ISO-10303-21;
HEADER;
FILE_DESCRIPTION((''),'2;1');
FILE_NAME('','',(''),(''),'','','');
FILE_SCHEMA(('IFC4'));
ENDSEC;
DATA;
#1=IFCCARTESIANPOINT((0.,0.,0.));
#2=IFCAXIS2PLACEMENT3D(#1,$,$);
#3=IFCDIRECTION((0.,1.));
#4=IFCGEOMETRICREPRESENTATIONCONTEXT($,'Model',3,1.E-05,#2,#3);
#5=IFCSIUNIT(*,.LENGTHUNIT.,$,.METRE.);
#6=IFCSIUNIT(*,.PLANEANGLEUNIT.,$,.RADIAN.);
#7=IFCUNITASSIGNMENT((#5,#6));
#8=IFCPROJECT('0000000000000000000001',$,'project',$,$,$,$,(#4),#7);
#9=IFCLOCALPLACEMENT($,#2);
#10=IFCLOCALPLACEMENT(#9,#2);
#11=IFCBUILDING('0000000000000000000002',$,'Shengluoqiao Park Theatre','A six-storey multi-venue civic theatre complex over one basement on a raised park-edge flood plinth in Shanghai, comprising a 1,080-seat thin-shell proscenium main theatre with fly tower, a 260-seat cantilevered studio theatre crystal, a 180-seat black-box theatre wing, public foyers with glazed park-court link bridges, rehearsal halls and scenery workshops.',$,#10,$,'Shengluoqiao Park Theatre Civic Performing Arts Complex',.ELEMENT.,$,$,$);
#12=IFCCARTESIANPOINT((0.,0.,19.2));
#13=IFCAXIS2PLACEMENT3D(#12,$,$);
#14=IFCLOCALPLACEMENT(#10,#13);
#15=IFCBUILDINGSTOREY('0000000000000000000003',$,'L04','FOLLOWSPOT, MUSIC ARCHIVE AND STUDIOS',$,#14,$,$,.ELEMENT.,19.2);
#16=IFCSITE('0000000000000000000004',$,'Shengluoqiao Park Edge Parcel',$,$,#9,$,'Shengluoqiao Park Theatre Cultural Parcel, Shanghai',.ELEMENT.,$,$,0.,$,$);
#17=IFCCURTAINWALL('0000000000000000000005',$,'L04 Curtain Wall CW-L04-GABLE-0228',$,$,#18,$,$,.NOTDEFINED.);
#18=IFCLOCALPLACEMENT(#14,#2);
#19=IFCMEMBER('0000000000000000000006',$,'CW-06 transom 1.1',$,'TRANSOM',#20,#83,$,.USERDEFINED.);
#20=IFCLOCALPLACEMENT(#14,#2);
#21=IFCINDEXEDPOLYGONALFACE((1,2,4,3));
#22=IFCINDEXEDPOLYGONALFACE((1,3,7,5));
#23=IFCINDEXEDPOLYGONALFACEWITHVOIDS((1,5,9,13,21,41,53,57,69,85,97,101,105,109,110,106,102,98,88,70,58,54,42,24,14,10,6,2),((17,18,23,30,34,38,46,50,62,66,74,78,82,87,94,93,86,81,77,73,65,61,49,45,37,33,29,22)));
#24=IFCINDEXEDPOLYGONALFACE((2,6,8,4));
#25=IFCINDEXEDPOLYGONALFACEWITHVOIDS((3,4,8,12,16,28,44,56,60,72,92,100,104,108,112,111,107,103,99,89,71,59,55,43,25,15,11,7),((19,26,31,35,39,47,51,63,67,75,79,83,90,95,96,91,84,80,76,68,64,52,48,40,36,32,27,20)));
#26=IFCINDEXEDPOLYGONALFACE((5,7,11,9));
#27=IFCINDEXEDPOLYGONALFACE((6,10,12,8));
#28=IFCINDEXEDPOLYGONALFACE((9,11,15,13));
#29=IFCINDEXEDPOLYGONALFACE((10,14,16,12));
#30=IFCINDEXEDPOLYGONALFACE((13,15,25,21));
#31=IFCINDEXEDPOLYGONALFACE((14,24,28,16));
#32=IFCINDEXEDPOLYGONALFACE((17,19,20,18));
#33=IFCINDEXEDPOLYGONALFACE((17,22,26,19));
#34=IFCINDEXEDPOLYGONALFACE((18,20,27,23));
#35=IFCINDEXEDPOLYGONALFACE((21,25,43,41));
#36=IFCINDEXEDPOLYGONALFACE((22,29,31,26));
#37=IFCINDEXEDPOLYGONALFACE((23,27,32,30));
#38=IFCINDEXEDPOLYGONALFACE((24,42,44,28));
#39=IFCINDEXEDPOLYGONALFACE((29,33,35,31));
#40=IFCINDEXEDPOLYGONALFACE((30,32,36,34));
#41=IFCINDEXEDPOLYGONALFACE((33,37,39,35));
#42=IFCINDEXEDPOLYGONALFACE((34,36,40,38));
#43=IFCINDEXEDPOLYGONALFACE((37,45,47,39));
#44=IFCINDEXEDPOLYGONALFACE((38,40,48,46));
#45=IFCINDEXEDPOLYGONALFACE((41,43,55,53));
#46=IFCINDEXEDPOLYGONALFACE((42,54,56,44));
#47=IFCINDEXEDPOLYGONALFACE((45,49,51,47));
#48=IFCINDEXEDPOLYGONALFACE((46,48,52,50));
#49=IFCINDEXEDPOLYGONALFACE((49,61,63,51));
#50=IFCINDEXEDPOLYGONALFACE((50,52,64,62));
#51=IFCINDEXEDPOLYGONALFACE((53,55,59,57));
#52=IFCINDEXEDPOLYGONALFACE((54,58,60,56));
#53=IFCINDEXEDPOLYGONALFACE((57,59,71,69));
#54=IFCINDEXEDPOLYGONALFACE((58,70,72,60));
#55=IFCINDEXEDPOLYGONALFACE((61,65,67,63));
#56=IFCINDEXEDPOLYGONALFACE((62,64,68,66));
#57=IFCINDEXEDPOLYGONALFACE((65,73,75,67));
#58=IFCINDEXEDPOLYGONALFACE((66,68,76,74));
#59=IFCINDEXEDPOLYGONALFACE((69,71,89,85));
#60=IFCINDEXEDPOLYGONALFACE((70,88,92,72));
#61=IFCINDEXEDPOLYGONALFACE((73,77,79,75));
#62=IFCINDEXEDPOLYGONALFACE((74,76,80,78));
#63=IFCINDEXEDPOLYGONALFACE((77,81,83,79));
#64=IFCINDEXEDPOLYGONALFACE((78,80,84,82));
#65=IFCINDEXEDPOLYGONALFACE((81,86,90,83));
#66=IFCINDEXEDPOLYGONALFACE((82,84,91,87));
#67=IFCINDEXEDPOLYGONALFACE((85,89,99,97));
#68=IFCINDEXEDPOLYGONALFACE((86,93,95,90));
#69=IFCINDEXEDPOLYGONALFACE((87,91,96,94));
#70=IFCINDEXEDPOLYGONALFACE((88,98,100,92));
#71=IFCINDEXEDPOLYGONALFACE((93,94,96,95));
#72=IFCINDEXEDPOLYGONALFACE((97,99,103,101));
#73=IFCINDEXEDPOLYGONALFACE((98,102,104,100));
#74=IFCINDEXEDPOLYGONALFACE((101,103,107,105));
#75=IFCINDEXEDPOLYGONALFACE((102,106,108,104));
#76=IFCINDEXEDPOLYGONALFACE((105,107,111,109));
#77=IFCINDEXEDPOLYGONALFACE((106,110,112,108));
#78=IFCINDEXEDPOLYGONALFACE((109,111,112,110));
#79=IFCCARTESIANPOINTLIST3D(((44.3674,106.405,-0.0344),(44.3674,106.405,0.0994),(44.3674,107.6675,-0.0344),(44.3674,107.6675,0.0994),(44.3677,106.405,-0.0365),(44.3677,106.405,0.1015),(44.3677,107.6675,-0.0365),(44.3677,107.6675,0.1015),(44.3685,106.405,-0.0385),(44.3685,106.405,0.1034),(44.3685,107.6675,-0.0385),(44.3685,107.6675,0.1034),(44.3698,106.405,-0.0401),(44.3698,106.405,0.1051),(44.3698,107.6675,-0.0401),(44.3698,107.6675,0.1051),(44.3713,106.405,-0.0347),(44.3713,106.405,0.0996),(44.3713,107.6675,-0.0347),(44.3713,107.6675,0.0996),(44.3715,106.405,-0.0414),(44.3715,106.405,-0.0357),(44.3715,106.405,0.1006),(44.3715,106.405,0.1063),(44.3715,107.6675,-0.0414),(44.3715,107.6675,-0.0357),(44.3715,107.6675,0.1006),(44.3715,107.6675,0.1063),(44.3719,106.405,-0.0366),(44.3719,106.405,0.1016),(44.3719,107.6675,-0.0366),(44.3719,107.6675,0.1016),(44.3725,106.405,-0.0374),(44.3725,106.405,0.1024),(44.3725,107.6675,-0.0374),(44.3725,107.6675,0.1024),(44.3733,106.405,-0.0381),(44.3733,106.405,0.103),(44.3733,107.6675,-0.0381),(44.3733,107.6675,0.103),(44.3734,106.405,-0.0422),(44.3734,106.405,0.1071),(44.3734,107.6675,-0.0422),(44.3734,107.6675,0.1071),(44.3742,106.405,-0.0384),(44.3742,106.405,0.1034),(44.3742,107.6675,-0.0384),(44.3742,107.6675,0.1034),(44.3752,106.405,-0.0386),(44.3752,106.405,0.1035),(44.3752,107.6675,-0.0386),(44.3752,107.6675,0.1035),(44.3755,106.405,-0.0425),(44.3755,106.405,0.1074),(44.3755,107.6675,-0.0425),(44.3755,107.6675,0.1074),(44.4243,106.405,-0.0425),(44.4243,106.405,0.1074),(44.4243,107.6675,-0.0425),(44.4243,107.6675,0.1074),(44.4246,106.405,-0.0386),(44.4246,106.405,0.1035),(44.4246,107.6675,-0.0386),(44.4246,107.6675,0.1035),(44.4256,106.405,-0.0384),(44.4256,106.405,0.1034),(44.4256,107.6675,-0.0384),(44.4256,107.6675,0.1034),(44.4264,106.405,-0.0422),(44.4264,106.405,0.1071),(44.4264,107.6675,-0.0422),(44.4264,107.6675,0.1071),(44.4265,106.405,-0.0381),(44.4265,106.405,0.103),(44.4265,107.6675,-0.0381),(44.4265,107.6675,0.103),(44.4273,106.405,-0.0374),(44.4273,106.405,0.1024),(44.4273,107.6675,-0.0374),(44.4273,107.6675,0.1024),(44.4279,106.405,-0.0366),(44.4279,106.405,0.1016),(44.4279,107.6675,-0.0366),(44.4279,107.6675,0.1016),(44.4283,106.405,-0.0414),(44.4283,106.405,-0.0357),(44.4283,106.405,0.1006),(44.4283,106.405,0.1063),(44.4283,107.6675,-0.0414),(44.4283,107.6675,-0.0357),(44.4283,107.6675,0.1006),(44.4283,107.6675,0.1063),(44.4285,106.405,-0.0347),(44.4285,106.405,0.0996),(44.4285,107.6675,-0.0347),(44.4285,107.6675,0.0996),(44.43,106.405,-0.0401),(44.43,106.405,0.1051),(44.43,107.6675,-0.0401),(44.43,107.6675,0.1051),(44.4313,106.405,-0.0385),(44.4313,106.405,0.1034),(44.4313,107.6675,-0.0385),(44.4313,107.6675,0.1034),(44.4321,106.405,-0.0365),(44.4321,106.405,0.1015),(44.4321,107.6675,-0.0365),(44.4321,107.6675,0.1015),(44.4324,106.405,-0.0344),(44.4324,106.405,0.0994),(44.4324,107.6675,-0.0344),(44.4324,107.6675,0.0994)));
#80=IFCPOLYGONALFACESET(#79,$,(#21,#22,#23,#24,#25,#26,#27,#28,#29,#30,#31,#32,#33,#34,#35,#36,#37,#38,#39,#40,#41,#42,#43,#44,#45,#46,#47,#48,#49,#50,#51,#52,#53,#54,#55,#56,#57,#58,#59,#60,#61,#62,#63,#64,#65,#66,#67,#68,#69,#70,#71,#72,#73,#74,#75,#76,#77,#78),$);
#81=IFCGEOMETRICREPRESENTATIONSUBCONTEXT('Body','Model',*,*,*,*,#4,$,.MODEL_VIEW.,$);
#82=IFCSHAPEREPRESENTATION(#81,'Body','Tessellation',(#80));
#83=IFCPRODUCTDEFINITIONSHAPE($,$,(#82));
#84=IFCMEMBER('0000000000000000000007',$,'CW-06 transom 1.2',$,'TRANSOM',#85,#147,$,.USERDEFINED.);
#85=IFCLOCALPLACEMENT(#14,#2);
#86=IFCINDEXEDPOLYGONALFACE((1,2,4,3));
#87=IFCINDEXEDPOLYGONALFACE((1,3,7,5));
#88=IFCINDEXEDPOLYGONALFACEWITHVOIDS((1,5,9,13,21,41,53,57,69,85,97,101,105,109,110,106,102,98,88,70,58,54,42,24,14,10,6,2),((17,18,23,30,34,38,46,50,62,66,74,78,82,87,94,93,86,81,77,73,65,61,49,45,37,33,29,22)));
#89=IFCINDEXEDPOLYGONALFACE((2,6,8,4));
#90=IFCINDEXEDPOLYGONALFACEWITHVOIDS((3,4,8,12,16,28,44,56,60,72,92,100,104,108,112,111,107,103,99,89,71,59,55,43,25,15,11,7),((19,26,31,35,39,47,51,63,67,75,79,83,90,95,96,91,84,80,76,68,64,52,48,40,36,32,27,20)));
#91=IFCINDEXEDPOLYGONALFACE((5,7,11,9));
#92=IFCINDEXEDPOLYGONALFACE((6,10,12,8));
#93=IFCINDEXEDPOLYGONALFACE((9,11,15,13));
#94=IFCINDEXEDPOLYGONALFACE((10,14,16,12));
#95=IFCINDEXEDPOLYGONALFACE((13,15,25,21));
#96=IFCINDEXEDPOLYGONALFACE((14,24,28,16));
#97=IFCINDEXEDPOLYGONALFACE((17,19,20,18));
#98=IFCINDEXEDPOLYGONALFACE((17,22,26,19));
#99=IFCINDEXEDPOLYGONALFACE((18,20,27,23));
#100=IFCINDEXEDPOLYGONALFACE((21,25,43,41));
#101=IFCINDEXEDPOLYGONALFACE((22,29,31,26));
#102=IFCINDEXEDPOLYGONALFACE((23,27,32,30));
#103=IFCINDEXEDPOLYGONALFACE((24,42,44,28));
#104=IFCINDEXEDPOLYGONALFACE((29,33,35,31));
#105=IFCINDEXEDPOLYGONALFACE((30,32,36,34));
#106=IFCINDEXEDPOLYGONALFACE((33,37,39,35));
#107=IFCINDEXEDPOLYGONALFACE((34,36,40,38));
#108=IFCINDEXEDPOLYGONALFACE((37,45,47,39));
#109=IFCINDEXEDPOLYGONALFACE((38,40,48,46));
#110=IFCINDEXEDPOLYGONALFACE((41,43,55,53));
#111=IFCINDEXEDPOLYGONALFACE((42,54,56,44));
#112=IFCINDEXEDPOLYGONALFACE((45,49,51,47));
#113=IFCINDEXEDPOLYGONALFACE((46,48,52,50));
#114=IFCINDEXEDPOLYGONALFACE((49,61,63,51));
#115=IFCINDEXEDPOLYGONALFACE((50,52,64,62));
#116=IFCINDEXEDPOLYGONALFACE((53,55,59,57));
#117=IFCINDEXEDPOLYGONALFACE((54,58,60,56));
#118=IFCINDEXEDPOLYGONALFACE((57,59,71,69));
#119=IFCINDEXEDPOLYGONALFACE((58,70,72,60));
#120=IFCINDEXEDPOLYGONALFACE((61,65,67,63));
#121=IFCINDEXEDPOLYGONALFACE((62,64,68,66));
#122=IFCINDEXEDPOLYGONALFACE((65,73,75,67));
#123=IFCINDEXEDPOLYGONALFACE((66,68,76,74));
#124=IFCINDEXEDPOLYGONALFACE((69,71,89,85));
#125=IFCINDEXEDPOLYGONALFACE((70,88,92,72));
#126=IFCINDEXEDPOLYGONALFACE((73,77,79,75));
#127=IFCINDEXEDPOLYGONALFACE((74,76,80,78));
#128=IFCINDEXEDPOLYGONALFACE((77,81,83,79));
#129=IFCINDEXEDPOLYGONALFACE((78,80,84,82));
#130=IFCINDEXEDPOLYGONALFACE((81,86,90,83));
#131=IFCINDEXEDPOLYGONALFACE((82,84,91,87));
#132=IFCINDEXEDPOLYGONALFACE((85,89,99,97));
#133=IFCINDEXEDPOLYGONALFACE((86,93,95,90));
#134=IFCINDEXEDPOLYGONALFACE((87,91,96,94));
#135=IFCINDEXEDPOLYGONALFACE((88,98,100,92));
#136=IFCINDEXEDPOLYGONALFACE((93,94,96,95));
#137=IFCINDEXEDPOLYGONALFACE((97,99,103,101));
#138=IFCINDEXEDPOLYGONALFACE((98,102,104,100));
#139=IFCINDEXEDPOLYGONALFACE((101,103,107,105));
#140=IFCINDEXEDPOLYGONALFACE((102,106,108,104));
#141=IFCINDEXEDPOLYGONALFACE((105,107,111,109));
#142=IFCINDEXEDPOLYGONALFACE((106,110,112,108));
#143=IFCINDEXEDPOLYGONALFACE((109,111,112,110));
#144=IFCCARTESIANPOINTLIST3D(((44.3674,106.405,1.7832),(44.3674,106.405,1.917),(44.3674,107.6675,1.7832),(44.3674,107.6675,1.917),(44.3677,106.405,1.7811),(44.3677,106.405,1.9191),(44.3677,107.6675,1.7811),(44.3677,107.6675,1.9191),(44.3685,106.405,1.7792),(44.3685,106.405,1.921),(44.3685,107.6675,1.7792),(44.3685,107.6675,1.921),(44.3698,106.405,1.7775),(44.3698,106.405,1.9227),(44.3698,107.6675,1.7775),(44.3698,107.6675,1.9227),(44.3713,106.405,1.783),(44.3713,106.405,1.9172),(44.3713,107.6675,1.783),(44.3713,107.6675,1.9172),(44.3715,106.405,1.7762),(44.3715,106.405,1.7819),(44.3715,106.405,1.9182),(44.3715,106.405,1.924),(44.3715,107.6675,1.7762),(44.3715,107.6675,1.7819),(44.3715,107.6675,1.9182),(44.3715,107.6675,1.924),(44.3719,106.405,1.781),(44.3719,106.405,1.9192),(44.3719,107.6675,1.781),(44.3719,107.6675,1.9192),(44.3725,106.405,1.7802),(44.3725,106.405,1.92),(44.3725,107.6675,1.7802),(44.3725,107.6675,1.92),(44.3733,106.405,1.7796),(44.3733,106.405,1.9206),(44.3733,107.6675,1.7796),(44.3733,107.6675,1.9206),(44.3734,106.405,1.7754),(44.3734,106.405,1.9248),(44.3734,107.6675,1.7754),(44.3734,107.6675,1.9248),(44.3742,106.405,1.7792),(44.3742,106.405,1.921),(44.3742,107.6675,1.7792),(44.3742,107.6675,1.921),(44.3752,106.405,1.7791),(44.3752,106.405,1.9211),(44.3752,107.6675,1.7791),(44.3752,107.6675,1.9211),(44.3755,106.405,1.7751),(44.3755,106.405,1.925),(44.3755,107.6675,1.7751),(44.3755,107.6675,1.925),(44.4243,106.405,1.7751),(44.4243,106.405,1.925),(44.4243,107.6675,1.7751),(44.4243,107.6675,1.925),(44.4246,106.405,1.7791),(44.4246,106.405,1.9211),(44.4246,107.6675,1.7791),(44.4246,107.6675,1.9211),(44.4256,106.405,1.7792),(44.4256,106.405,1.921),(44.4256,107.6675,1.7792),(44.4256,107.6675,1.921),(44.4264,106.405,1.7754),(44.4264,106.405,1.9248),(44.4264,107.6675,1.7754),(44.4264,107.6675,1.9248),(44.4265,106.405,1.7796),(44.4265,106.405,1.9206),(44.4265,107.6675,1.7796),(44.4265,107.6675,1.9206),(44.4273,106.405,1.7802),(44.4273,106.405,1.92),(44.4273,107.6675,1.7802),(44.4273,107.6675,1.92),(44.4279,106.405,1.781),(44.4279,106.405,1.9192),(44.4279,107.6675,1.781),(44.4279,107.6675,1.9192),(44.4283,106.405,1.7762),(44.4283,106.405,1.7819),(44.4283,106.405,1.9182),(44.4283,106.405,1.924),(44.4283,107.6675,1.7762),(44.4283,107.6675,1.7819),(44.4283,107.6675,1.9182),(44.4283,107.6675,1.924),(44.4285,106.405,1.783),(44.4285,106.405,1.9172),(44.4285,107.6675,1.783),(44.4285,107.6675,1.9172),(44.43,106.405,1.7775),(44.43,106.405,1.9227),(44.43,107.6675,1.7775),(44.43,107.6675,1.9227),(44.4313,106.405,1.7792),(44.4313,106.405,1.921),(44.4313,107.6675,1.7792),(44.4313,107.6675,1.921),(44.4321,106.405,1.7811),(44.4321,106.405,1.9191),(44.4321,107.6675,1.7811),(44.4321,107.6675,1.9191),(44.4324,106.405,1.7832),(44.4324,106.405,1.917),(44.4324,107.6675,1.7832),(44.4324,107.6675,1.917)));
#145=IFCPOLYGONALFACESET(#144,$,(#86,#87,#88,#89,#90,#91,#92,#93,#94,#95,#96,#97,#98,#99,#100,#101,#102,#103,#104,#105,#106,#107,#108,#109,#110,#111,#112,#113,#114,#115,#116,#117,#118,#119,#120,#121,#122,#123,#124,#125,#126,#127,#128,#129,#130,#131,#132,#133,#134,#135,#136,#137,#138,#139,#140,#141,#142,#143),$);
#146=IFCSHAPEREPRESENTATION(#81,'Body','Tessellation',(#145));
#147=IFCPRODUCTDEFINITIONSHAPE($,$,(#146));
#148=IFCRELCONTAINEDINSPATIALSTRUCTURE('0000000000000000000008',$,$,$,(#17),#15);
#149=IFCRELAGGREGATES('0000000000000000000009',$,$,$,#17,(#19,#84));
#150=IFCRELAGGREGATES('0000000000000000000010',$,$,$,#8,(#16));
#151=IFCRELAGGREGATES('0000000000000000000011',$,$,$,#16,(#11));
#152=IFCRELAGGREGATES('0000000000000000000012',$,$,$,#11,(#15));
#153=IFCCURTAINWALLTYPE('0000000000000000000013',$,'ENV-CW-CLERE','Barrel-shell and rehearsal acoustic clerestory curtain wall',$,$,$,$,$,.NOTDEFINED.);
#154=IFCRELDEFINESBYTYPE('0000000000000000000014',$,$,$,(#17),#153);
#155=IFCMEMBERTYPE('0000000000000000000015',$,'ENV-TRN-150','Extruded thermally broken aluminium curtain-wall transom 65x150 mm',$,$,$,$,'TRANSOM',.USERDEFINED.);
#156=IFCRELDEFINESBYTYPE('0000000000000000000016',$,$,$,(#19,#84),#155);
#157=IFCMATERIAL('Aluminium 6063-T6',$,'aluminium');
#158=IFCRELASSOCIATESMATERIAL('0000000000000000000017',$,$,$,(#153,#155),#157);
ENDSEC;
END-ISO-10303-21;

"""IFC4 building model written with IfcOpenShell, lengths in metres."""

from ifc_helpers import new_model, si_unit, direction, frame, origin, origin_2d, place, context, subcontext, project, spatial, hollow_rectangle, extrude, material, material_profile, profile_set, type_object, element, aggregate, save


model = new_model("IFC4")

# Units and contexts
model_context = context("Model", 3, precision=1e-05, world=origin(), true_north=direction((0.0, 1.0)))
body_context = subcontext(model_context, "Body", "Model", "MODEL_VIEW")
ifc_project = project(units=[si_unit("LENGTHUNIT", "METRE"), si_unit("PLANEANGLEUNIT", "RADIAN")], contexts=[model_context])

# Site, building, storey
site_placement = place(None, origin())
site = spatial("IfcSite", under=ifc_project, at=site_placement, Name="Shengluoqiao Park Edge Parcel", LongName="Shengluoqiao Park Theatre Cultural Parcel, Shanghai", CompositionType="ELEMENT", RefElevation=0.0)
building_placement = place(site_placement, origin())
building = spatial("IfcBuilding", under=site, at=building_placement, Name="Shengluoqiao Park Theatre", Description="A six-storey multi-venue civic theatre complex over one basement on a raised park-edge flood plinth in Shanghai, comprising a 1,080-seat thin-shell proscenium main theatre with fly tower, a 260-seat cantilevered studio theatre crystal, a 180-seat black-box theatre wing, public foyers with glazed park-court link bridges, rehearsal halls and scenery workshops.", LongName="Shengluoqiao Park Theatre Civic Performing Arts Complex", CompositionType="ELEMENT")
storey_placement = place(building_placement, frame((0.0, 0.0, 19.2)))
storey = spatial("IfcBuildingStorey", under=building, at=storey_placement, Name="L04", Description="FOLLOWSPOT, MUSIC ARCHIVE AND STUDIOS", CompositionType="ELEMENT", Elevation=19.2)

# Curtain wall
ifc_material_1 = material(Name="Aluminium 6063-T6", Category="aluminium")
curtain_wall_type = type_object("IfcCurtainWallType", Name="ENV-CW-CLERE", Description="Barrel-shell and rehearsal acoustic clerestory curtain wall", PredefinedType="NOTDEFINED", material=ifc_material_1)
curtain_wall_1_placement = place(storey_placement, origin())
curtain_wall_1 = element("IfcCurtainWall", 1, at=curtain_wall_1_placement, inside=storey, type_object=curtain_wall_type, Name="L04 Curtain Wall CW-L04-GABLE-0228", PredefinedType="NOTDEFINED")

# Members
ifc_material_profile_1 = material_profile(ifc_material_1, hollow_rectangle(XDim=0.0649, YDim=0.1499, WallThickness=0.0039, InnerFilletRadius=0.0039, OuterFilletRadius=0.0081, at=origin_2d()), Name="ALU TRANSOM 150x65x4")
ifc_profile_set_1 = profile_set([ifc_material_profile_1], Name="Aluminium 6063-T6")
member_type_1 = type_object("IfcMemberType", Name="ENV-TRN-150", Description="Extruded thermally broken aluminium curtain-wall transom 65x150 mm", ElementType="TRANSOM", PredefinedType="USERDEFINED", material=ifc_profile_set_1)
member_1_placement = place(storey_placement, frame((44.3999, 106.405, 0.0325), z_axis=(0.0, 1.0, 0.0), x_axis=(-1.0, 0.0, 0.0)))
member_1 = element("IfcMember", 2, at=member_1_placement, type_object=member_type_1, Name="CW-06 transom 1.1", ObjectType="TRANSOM", PredefinedType="USERDEFINED", context=body_context, shape_type="SweptSolid", body=[
    extrude(hollow_rectangle(XDim=0.0649, YDim=0.1499, WallThickness=0.0039, InnerFilletRadius=0.0039, OuterFilletRadius=0.0081, at=origin_2d()), origin(), (0.0, 0.0, 1.0), 1.2625),
])
member_2_placement = place(storey_placement, frame((44.3999, 106.405, 1.8501), z_axis=(0.0, 1.0, 0.0), x_axis=(-1.0, 0.0, 0.0)))
member_2 = element("IfcMember", 3, at=member_2_placement, type_object=member_type_1, Name="CW-06 transom 1.2", ObjectType="TRANSOM", PredefinedType="USERDEFINED", context=body_context, shape_type="SweptSolid", body=[
    extrude(hollow_rectangle(XDim=0.0649, YDim=0.1499, WallThickness=0.0039, InnerFilletRadius=0.0039, OuterFilletRadius=0.0081, at=origin_2d()), origin(), (0.0, 0.0, 1.0), 1.2625),
])

aggregate(curtain_wall_1, [member_1, member_2])

save(model, "model.ifc")
